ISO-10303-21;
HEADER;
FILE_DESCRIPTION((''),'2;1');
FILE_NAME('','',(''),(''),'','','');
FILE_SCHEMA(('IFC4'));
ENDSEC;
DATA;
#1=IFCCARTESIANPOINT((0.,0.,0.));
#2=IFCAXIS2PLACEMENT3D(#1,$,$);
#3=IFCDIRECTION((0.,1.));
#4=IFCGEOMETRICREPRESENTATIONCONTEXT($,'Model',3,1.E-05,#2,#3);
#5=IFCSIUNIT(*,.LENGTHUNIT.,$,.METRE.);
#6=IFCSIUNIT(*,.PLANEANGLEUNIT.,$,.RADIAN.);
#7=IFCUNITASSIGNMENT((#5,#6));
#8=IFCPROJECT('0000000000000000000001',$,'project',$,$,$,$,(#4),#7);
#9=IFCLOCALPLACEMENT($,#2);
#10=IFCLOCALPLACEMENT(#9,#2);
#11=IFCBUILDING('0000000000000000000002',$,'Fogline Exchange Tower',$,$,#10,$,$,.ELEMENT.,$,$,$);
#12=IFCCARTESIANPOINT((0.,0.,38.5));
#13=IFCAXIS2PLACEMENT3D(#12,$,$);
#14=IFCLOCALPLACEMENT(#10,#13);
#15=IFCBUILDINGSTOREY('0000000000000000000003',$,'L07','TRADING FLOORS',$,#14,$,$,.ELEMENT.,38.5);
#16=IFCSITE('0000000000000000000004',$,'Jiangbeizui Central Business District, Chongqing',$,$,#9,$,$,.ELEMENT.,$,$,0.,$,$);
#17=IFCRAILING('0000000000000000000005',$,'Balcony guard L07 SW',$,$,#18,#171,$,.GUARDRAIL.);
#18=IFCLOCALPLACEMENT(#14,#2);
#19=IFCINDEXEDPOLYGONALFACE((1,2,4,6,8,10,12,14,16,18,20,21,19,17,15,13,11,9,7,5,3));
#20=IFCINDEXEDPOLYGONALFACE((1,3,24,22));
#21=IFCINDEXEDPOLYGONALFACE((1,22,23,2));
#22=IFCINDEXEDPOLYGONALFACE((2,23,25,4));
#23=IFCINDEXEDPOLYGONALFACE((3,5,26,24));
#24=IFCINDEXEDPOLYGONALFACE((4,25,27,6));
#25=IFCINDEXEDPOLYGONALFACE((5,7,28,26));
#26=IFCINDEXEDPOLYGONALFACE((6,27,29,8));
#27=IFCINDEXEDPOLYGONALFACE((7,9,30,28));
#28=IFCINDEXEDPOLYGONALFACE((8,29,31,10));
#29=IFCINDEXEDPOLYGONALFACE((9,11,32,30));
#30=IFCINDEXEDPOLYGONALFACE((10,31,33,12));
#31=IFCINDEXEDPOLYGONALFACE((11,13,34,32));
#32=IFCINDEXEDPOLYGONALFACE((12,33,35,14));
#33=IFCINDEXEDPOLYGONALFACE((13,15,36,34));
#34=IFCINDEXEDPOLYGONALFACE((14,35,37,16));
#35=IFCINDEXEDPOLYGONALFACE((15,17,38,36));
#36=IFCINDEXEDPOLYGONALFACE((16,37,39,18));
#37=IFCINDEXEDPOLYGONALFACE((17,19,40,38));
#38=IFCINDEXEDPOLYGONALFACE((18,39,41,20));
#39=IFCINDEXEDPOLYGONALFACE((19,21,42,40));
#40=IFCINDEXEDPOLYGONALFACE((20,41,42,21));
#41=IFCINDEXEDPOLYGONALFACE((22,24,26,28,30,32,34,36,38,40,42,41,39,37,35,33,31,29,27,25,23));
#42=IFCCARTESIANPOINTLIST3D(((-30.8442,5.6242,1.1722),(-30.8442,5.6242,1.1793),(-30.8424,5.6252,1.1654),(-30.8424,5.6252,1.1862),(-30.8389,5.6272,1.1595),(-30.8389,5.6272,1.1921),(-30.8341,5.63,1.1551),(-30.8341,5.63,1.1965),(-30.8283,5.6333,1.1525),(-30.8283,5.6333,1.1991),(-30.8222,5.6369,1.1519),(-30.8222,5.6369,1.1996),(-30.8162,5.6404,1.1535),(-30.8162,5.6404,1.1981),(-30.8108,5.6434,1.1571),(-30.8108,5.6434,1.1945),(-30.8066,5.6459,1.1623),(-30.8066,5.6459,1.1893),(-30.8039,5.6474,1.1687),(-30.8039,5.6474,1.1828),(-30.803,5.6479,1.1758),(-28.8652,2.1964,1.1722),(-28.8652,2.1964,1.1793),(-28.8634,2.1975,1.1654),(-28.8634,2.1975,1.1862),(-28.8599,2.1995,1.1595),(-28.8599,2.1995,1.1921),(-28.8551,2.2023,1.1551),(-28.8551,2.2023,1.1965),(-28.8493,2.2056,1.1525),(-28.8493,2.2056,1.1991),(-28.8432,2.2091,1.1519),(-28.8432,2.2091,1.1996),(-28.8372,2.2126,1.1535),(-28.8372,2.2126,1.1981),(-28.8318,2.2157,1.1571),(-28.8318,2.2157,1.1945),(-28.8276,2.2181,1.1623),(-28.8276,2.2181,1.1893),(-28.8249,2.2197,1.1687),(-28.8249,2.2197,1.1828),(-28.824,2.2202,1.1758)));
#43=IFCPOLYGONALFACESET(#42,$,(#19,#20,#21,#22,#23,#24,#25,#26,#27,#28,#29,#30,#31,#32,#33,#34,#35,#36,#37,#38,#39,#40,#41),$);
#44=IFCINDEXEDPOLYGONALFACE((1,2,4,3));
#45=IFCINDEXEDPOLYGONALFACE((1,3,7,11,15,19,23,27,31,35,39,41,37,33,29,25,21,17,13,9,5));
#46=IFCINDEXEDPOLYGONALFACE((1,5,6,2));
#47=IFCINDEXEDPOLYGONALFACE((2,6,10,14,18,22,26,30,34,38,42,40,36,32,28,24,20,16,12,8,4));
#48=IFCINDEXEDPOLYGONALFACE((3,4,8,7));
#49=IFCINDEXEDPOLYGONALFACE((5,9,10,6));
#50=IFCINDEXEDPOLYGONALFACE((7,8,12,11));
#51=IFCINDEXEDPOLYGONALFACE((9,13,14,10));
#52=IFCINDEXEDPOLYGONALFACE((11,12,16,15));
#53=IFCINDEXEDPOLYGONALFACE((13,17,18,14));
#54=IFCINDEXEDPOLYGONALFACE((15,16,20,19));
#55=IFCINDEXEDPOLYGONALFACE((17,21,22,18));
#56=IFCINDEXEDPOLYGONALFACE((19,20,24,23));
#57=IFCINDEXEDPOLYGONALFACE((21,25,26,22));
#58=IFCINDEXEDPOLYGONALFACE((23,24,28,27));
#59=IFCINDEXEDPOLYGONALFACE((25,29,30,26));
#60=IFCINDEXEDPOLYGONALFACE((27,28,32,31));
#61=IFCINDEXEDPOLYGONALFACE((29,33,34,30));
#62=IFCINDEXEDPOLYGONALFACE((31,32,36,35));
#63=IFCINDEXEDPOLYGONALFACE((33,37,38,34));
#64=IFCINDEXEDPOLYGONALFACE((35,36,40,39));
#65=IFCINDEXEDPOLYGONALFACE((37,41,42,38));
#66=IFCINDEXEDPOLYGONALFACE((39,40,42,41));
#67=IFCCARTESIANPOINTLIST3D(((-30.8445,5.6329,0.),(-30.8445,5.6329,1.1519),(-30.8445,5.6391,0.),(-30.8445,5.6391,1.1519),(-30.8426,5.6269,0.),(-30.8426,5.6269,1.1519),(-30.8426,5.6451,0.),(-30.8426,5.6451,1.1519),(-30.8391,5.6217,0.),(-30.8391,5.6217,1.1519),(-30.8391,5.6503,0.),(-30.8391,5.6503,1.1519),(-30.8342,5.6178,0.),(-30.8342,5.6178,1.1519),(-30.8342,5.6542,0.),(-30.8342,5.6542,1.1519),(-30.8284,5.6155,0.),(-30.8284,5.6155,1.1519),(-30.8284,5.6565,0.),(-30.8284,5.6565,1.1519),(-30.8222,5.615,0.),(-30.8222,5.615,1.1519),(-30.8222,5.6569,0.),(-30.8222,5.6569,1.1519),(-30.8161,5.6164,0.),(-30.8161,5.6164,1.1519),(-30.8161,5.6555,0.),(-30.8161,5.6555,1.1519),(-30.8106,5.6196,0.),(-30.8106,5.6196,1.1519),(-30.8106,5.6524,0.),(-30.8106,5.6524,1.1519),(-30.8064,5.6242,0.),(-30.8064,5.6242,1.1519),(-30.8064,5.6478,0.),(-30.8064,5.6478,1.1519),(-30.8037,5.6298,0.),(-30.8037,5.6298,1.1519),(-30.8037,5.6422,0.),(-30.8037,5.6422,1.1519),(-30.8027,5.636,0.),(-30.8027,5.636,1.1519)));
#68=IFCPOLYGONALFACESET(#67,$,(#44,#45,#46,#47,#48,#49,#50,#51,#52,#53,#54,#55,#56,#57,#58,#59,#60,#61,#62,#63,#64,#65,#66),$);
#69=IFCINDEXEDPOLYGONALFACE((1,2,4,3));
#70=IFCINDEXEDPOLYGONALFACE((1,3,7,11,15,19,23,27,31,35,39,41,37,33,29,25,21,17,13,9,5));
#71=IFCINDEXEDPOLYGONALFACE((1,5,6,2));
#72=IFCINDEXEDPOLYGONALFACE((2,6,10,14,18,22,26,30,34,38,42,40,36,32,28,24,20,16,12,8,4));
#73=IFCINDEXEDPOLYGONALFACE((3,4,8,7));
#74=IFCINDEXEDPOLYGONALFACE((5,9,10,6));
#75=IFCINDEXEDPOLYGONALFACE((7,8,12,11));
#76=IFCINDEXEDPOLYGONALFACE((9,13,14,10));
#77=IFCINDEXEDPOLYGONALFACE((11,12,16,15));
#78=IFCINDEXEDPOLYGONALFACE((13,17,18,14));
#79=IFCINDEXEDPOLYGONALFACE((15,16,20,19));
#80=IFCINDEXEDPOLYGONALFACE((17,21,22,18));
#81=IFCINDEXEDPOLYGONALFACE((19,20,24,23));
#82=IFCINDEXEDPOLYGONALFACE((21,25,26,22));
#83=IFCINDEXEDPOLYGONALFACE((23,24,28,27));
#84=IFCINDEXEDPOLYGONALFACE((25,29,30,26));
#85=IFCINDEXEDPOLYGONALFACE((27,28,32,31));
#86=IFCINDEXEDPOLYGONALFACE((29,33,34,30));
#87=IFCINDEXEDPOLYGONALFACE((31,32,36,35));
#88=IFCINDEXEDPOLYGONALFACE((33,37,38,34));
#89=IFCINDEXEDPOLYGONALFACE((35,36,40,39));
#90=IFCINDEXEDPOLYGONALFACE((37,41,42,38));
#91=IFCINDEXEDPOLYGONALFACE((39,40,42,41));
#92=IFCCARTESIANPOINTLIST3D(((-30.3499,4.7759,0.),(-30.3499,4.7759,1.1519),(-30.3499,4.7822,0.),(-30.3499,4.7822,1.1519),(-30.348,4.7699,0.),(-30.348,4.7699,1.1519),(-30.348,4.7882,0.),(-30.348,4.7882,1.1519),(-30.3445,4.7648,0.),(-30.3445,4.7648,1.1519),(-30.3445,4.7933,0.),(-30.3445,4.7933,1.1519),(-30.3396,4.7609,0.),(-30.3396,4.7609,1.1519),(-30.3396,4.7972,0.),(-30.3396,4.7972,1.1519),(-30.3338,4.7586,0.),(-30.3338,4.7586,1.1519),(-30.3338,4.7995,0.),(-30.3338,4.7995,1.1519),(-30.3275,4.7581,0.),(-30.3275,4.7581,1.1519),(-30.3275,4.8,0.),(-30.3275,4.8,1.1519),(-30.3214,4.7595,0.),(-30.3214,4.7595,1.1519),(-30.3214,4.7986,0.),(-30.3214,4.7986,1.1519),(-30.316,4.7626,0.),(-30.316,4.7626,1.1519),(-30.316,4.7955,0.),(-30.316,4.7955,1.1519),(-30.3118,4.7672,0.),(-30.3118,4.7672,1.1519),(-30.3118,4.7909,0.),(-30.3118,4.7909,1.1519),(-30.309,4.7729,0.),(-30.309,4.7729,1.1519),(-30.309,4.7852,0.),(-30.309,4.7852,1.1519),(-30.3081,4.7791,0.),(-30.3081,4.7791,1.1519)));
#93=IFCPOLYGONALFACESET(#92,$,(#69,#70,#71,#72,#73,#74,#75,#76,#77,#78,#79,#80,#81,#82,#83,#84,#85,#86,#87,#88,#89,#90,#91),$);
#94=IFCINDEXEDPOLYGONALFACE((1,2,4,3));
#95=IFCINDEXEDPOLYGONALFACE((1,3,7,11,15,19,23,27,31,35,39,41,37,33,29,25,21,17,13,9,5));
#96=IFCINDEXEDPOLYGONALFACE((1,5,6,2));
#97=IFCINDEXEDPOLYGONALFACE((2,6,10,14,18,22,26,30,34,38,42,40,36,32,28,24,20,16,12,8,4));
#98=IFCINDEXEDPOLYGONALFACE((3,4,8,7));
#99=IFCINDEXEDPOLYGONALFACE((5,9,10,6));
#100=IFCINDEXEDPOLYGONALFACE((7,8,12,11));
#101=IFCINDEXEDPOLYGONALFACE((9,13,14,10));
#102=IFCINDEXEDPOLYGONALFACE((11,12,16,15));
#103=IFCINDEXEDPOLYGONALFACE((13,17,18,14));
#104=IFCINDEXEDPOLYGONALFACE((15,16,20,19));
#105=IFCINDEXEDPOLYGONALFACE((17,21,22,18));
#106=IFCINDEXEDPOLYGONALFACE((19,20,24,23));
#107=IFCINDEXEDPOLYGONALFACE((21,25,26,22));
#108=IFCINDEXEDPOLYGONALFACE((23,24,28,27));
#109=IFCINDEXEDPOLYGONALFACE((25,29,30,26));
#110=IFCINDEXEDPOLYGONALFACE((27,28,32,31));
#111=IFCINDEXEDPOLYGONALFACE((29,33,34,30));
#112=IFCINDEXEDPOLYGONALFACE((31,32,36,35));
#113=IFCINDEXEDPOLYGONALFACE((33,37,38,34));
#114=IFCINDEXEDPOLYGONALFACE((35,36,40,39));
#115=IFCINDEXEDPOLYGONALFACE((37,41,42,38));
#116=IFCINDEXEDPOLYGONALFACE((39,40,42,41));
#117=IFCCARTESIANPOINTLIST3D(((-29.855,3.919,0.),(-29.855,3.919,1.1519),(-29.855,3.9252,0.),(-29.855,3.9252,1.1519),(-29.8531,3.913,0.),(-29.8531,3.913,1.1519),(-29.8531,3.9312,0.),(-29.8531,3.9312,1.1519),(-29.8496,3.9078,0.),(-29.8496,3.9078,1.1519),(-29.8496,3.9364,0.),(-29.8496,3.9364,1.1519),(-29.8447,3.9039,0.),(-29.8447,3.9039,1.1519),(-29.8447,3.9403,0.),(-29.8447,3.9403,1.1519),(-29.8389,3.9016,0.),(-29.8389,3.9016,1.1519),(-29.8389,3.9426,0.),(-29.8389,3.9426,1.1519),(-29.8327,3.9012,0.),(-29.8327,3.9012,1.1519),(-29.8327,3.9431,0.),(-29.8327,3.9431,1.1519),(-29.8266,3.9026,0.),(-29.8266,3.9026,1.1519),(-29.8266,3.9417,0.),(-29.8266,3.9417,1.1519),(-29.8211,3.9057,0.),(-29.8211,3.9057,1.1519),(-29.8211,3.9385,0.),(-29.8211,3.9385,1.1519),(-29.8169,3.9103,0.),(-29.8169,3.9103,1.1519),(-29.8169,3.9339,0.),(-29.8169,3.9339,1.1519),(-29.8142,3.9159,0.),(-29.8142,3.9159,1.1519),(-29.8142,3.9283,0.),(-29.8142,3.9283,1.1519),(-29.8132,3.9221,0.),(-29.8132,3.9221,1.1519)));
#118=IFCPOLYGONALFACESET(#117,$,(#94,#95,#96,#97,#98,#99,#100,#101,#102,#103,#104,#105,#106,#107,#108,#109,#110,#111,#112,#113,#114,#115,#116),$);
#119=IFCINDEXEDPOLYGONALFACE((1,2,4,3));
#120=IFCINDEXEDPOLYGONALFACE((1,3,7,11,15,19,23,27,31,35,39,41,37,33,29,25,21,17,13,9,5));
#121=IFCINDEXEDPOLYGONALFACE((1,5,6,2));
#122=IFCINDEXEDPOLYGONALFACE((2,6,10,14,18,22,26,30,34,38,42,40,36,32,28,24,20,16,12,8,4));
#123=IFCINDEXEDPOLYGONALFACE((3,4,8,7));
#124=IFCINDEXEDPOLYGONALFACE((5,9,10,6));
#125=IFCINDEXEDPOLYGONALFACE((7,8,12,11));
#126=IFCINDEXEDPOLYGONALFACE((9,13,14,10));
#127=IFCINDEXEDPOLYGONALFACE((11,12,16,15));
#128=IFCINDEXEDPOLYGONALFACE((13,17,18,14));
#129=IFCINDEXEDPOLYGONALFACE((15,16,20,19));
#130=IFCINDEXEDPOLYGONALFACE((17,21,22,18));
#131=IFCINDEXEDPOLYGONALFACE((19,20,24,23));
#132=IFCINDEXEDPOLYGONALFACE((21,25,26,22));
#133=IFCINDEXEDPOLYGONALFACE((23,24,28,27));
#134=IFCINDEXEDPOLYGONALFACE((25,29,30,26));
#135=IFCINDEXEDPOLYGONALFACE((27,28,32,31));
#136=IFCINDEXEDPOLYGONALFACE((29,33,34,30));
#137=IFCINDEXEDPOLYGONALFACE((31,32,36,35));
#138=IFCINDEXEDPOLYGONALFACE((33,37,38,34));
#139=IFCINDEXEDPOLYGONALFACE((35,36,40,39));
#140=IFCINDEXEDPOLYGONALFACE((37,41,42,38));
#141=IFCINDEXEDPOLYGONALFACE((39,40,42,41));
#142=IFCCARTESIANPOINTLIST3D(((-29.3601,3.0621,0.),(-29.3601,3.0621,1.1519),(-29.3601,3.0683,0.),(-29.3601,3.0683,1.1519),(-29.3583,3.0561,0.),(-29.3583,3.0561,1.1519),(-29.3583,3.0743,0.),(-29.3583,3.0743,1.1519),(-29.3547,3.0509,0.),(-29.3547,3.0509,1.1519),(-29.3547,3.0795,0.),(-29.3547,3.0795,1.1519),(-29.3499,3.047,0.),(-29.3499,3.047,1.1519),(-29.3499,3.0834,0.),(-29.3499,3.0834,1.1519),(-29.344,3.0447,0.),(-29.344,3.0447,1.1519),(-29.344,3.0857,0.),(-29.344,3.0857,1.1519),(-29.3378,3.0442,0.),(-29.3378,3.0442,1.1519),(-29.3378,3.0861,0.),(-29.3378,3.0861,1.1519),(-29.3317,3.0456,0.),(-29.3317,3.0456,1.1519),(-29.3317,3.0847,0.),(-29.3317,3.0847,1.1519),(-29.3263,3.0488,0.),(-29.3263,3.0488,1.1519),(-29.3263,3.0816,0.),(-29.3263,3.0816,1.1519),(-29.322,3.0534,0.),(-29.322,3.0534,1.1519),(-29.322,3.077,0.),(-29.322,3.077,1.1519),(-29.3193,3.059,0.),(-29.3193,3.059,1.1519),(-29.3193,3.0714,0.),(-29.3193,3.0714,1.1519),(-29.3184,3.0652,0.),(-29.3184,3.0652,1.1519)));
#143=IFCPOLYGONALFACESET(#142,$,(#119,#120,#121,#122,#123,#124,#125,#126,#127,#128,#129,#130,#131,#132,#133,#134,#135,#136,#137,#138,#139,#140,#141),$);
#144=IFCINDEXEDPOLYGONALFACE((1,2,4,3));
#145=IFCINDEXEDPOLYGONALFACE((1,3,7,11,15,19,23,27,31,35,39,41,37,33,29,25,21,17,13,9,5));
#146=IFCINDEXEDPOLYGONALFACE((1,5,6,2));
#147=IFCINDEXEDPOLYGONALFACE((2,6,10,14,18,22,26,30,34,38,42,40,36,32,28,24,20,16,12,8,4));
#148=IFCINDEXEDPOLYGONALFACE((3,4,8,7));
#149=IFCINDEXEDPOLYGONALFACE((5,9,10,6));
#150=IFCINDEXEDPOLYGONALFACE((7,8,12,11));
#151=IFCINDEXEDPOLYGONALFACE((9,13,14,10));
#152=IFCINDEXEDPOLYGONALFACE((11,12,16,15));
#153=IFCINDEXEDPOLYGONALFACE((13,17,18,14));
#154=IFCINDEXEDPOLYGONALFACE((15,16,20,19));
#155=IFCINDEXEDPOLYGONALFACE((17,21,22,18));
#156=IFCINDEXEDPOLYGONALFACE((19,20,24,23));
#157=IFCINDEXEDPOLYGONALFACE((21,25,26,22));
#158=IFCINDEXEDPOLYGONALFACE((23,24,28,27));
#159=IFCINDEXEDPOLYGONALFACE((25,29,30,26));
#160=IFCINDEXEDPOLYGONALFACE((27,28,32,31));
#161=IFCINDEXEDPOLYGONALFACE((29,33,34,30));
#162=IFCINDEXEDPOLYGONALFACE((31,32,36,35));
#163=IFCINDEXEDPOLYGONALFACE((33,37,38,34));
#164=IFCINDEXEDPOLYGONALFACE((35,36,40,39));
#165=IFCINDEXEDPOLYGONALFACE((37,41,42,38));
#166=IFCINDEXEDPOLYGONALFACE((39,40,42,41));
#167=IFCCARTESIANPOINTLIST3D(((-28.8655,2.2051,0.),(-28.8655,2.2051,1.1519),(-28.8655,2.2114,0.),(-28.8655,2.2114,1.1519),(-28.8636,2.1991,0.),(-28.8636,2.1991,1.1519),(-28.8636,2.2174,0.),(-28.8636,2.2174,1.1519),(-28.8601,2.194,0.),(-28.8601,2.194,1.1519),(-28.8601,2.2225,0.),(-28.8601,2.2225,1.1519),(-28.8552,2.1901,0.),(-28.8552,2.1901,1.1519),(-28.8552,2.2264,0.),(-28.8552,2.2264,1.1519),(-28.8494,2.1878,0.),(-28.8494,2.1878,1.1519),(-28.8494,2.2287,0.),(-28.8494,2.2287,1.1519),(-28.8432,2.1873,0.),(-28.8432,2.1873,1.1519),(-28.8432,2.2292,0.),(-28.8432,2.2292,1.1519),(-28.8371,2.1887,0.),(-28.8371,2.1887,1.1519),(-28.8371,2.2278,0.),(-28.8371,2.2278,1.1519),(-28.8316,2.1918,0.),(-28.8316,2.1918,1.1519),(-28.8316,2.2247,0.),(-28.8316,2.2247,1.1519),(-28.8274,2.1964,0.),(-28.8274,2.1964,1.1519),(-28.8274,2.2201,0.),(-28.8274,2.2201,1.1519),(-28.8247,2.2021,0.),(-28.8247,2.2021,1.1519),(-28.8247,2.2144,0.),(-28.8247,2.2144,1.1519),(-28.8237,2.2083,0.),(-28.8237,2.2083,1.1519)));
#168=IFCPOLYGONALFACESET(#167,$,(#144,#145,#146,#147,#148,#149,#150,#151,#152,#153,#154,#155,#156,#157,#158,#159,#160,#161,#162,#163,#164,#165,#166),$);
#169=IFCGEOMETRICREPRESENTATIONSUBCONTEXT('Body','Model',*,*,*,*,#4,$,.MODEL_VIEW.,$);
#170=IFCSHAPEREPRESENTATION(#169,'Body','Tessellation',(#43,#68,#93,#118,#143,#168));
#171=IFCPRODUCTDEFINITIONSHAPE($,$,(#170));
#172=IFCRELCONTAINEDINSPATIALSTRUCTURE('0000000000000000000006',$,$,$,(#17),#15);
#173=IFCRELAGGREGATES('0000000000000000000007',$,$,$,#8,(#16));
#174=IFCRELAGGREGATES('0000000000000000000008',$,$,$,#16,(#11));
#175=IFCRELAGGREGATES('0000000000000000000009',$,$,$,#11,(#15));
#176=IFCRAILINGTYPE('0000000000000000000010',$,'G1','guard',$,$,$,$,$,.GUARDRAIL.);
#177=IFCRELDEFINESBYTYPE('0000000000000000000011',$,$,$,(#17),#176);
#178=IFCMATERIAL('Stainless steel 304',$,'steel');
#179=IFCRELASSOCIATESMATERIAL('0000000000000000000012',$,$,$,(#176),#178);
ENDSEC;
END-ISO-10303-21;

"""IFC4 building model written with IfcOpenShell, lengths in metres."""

from ifc_helpers import new_model, si_unit, direction, frame, origin, origin_2d, place, context, subcontext, project, spatial, circle, extrude, material, type_object, element, save


model = new_model("IFC4")

# Units and contexts
model_context = context("Model", 3, precision=1e-05, world=origin(), true_north=direction((0.0, 1.0)))
body_context = subcontext(model_context, "Body", "Model", "MODEL_VIEW")
ifc_project = project(units=[si_unit("LENGTHUNIT", "METRE"), si_unit("PLANEANGLEUNIT", "RADIAN")], contexts=[model_context])

# Site, building, storey
site_placement = place(None, origin())
site = spatial("IfcSite", under=ifc_project, at=site_placement, Name="Jiangbeizui Central Business District, Chongqing", CompositionType="ELEMENT", RefElevation=0.0)
building_placement = place(site_placement, origin())
building = spatial("IfcBuilding", under=site, at=building_placement, Name="Fogline Exchange Tower", CompositionType="ELEMENT")
storey_placement = place(building_placement, frame((0.0, 0.0, 38.5)))
storey = spatial("IfcBuildingStorey", under=building, at=storey_placement, Name="L07", Description="TRADING FLOORS", CompositionType="ELEMENT", Elevation=38.5)

# Railing
ifc_material_1 = material(Name="Stainless steel 304", Category="steel")
railing_type = type_object("IfcRailingType", Name="G1", Description="guard", PredefinedType="GUARDRAIL", material=ifc_material_1)
railing_placement = place(storey_placement, frame((-30.8237, 5.636, 0.0)))
element("IfcRailing", 1, at=railing_placement, inside=storey, type_object=railing_type, Name="Balcony guard L07 SW", PredefinedType="GUARDRAIL", context=body_context, shape_type="SweptSolid", body=[
    extrude(circle(Radius=0.0239, at=origin_2d()), frame((0.0, 0.0, 1.1758), z_axis=(0.5, -0.866025, 0.0), x_axis=(0.866025, 0.5, 0.0)), (0.0, 0.0, 1.0), 3.958),
    extrude(circle(Radius=0.021, at=origin_2d()), origin(), (0.0, 0.0, 1.0), 1.1519),
    extrude(circle(Radius=0.021, at=origin_2d()), frame((0.4946, -0.8569, 0.0)), (0.0, 0.0, 1.0), 1.1519),
    extrude(circle(Radius=0.021, at=origin_2d()), frame((0.9895, -1.7139, 0.0)), (0.0, 0.0, 1.0), 1.1519),
    extrude(circle(Radius=0.021, at=origin_2d()), frame((1.4844, -2.5708, 0.0)), (0.0, 0.0, 1.0), 1.1519),
    extrude(circle(Radius=0.021, at=origin_2d()), frame((1.979, -3.4277, 0.0)), (0.0, 0.0, 1.0), 1.1519),
])

save(model, "model.ifc")
